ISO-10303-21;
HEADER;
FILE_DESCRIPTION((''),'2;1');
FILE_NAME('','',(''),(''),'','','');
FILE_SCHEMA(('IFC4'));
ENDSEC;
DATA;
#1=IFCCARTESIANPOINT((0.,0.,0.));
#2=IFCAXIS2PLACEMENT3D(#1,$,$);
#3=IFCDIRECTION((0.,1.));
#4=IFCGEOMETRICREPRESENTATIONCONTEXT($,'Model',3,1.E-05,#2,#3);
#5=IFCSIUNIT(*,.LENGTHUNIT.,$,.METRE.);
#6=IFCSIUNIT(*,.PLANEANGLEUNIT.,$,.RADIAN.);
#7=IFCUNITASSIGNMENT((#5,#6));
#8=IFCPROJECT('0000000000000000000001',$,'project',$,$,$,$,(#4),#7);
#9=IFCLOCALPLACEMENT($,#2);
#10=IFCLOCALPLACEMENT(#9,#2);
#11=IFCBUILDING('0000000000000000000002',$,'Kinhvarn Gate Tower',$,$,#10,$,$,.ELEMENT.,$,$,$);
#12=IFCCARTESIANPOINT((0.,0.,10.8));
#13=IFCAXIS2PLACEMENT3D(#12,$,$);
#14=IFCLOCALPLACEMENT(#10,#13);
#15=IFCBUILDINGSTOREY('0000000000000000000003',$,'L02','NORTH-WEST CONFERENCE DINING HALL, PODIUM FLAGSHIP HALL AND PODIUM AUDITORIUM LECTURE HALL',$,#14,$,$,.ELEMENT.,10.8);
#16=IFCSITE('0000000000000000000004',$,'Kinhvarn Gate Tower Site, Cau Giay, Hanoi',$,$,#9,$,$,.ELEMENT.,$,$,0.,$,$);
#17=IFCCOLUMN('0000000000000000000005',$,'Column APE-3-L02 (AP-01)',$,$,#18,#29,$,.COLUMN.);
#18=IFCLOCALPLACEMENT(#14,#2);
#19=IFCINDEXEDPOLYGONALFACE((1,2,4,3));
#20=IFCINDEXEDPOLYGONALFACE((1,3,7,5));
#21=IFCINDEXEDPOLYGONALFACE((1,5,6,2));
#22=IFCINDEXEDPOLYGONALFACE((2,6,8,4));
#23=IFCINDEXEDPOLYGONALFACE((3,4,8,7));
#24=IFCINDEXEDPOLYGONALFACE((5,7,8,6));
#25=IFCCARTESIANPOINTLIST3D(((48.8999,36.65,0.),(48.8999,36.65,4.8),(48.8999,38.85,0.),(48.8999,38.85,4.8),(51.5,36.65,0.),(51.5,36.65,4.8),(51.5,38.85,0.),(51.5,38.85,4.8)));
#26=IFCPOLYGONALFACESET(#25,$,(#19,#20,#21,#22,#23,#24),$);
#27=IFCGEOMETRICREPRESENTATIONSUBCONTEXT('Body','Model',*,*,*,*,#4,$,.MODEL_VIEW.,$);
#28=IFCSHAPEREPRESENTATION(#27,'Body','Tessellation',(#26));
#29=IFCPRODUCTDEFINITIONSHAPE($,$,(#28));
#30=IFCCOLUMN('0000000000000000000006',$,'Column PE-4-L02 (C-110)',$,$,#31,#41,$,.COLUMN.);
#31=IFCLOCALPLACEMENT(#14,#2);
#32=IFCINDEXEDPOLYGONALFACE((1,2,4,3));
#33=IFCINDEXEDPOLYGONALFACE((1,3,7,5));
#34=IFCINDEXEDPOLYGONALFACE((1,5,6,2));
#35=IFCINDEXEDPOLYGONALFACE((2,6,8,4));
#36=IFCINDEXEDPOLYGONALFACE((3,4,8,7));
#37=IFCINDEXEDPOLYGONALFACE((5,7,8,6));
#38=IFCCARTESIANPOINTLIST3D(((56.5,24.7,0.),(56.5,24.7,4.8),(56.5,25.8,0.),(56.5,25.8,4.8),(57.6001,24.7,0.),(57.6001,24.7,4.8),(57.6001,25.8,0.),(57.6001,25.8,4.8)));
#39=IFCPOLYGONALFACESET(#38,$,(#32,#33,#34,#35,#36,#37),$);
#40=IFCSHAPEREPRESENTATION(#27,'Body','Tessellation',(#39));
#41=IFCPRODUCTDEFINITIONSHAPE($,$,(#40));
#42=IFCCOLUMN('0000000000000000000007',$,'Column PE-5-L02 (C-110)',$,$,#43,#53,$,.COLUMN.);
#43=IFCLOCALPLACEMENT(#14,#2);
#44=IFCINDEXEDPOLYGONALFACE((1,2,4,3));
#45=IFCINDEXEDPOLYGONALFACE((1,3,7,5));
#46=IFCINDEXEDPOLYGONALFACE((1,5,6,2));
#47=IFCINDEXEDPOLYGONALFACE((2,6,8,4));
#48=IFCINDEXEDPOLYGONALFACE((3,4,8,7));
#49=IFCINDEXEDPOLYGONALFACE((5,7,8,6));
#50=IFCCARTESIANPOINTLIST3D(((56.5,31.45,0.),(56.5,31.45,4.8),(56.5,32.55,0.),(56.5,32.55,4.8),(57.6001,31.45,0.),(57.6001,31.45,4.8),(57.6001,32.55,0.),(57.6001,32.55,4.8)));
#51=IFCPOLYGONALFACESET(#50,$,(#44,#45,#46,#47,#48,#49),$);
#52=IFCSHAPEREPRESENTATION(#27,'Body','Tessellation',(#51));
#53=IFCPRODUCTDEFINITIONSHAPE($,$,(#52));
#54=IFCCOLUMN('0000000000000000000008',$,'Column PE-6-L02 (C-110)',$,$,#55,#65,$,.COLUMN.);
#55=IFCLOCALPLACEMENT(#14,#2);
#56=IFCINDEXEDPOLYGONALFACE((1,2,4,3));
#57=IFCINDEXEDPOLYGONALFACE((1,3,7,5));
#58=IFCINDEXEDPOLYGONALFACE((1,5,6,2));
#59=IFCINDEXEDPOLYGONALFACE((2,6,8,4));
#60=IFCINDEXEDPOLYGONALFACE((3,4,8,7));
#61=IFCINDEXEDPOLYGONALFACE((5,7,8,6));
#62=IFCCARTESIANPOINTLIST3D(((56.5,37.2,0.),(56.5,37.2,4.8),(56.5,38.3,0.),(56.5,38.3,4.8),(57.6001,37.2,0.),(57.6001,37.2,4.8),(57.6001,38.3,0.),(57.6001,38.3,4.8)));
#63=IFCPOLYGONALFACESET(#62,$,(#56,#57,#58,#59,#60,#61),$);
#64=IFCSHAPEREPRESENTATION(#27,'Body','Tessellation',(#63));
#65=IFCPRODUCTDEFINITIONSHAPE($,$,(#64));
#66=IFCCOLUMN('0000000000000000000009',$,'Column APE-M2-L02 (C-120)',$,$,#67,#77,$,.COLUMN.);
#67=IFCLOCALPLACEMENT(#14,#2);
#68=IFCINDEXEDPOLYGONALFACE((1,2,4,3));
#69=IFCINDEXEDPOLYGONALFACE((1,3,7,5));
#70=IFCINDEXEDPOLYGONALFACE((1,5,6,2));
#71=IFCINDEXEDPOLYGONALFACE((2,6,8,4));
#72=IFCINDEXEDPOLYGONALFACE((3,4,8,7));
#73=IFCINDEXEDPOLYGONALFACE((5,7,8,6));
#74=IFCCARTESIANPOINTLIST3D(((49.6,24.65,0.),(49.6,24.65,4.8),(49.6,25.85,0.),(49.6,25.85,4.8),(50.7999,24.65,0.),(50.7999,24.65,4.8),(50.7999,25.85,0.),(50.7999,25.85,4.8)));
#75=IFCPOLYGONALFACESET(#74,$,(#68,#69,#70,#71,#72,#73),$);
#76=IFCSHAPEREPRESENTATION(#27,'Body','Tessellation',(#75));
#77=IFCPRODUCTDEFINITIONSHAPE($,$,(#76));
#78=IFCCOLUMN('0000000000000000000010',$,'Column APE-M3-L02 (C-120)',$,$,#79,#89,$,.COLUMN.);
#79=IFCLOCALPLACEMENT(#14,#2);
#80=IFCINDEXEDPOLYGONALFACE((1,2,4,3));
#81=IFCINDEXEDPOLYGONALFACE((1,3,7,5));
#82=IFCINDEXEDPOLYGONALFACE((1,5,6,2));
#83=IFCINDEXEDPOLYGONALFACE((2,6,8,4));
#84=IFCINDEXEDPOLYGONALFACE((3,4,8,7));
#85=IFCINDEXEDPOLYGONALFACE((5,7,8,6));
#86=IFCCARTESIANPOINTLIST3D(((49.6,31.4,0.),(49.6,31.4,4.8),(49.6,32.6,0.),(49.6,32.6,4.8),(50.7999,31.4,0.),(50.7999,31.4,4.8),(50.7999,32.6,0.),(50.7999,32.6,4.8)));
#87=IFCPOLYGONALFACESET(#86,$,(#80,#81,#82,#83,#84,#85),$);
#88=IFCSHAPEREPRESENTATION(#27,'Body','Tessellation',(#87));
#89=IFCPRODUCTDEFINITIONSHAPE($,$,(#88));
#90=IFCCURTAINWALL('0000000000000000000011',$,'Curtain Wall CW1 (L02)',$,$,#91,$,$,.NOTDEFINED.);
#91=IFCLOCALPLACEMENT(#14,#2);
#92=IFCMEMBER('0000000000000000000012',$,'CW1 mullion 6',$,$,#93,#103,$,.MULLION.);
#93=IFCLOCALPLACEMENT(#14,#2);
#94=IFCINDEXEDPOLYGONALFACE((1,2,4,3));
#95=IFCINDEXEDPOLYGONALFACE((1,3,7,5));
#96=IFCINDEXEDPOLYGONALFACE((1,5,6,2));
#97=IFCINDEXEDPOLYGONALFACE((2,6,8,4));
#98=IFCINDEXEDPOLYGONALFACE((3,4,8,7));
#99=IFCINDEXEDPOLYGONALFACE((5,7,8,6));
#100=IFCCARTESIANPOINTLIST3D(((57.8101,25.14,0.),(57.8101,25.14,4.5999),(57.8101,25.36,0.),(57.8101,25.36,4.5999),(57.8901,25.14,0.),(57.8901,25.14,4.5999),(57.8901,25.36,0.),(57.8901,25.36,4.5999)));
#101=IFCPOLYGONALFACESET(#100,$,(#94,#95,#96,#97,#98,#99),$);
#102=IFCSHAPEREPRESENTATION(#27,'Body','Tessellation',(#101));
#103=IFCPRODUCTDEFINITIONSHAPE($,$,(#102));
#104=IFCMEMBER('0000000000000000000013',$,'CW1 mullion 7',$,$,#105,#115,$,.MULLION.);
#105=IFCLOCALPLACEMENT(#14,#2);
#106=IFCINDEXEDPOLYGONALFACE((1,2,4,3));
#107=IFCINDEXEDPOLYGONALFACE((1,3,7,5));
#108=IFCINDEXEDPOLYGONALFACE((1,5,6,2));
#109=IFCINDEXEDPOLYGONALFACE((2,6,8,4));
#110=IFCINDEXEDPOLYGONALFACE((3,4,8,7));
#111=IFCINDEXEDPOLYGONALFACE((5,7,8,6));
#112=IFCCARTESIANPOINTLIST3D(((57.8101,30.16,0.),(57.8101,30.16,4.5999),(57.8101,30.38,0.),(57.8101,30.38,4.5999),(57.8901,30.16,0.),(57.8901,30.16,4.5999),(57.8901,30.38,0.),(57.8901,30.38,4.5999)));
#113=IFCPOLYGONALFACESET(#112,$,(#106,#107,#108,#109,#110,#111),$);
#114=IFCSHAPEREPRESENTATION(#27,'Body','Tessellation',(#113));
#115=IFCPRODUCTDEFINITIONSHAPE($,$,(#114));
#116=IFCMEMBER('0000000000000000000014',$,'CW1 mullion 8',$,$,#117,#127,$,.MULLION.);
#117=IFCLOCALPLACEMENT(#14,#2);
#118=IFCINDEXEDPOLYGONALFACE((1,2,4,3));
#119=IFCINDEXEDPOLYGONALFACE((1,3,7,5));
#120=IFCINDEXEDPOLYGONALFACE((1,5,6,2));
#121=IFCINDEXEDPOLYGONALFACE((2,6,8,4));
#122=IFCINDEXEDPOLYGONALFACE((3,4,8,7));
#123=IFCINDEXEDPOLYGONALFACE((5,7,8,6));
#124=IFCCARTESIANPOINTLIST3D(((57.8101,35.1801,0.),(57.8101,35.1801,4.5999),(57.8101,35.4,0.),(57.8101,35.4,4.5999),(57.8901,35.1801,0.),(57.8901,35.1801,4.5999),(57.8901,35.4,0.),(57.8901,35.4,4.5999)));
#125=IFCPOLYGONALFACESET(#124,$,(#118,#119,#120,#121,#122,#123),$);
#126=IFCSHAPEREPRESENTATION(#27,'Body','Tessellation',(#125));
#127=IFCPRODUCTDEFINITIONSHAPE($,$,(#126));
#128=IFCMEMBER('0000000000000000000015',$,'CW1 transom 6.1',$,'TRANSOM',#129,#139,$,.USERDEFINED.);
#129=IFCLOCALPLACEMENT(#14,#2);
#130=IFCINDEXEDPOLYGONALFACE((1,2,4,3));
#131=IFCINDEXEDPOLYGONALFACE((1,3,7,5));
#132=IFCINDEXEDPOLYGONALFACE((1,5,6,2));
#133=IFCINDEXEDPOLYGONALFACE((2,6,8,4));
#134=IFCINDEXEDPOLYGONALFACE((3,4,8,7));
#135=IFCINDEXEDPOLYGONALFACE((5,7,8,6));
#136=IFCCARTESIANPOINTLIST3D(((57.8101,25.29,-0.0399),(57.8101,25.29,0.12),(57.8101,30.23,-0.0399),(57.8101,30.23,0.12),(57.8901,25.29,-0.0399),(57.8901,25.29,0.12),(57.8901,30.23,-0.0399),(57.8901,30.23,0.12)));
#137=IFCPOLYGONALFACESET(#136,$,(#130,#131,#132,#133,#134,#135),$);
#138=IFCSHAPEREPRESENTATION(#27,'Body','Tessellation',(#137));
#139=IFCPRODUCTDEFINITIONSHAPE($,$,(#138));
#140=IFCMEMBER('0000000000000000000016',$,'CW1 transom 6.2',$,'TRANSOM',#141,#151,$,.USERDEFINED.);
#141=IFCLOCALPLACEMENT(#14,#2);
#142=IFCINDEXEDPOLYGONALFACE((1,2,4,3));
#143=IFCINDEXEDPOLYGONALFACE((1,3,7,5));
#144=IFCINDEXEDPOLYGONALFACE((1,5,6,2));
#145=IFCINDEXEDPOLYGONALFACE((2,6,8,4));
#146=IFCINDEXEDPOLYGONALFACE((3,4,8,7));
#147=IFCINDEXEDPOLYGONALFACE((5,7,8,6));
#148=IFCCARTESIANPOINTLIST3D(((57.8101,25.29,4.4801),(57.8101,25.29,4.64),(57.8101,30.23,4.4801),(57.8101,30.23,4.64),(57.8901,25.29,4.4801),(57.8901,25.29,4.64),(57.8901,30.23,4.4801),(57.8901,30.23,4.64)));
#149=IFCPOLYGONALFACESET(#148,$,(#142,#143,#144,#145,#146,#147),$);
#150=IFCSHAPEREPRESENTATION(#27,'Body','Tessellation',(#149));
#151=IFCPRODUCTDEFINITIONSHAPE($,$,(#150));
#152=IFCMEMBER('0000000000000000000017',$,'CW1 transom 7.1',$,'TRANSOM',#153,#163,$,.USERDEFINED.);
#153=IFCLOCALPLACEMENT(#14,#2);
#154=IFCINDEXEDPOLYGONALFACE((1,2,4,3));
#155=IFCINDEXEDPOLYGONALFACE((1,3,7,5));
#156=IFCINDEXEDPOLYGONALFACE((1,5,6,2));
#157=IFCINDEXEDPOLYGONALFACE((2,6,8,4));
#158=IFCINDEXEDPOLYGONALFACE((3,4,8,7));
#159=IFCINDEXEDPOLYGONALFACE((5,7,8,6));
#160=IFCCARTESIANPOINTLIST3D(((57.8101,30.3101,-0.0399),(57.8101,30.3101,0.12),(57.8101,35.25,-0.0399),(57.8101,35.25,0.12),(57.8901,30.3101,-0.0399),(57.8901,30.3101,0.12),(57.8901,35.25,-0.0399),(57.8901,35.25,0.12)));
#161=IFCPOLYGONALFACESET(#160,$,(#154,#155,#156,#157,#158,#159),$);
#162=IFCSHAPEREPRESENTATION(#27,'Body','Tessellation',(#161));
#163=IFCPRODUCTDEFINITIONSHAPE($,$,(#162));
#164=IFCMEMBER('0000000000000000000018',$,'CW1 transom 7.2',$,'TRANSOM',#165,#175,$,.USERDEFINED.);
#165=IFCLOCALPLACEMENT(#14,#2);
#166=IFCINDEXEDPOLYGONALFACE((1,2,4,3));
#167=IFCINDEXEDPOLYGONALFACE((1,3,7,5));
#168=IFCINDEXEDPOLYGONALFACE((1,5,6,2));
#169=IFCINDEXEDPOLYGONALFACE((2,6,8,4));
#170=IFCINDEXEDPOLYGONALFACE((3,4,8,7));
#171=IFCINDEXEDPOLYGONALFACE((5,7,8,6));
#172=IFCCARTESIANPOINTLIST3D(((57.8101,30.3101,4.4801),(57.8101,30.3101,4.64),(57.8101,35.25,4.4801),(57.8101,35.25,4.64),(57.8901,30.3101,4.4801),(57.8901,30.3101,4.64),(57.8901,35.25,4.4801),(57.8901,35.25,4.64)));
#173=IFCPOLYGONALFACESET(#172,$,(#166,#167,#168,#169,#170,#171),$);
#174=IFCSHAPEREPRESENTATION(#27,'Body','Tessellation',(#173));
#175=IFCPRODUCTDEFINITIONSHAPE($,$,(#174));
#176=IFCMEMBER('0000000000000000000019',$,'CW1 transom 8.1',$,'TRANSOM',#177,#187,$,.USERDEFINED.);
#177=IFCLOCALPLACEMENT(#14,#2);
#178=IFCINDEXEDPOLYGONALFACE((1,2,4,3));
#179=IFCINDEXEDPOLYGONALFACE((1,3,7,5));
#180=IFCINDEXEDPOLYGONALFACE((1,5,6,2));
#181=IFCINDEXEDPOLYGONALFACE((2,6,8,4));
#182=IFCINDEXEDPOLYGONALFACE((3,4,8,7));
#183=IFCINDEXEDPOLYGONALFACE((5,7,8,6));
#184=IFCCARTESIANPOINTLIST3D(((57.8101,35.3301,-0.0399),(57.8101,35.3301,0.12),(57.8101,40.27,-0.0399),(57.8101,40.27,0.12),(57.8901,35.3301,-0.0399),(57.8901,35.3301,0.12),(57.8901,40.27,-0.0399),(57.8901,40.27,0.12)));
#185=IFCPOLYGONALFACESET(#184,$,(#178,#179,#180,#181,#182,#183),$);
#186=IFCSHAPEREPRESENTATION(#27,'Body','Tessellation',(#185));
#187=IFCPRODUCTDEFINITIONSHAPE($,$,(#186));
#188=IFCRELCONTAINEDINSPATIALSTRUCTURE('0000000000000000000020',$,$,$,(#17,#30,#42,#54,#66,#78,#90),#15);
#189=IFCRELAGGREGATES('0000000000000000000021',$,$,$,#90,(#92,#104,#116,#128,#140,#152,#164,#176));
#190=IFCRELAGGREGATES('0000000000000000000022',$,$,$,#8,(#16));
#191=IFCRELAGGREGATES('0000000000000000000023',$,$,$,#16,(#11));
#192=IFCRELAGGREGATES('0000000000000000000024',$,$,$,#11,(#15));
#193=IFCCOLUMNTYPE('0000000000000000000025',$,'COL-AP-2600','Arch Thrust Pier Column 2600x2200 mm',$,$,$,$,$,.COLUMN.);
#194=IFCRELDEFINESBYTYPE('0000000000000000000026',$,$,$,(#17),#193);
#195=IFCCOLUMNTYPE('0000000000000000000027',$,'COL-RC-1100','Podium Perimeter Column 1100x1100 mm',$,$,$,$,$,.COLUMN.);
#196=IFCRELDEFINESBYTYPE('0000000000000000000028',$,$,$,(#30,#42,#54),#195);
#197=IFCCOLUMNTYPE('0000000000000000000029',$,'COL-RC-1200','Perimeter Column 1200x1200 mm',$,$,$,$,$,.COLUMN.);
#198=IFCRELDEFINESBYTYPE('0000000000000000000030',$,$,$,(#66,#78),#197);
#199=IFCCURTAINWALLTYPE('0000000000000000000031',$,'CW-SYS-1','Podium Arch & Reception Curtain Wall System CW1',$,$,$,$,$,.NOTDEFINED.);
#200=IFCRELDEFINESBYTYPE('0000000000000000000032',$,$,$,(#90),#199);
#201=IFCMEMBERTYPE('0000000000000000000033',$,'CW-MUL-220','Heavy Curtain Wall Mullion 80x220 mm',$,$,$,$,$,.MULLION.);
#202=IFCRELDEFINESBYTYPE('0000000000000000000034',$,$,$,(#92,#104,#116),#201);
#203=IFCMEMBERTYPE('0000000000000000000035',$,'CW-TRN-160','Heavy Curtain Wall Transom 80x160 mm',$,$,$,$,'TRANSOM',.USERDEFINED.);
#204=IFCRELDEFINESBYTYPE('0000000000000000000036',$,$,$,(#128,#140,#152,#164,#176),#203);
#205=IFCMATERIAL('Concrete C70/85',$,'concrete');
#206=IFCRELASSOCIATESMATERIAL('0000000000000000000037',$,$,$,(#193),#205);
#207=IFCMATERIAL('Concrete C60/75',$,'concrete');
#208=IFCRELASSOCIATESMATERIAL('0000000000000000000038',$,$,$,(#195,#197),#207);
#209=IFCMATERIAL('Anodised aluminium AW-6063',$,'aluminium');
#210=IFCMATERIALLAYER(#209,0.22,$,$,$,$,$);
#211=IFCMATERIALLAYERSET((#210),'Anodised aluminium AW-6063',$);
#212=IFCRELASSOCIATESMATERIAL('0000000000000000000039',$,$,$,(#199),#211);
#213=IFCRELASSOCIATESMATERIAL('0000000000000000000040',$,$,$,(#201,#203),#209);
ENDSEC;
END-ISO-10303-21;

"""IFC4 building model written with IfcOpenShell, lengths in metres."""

from ifc_helpers import new_model, si_unit, direction, frame, origin, origin_2d, place, context, subcontext, project, spatial, rectangle, extrude, material, layer, layer_set, material_profile, profile_set, type_object, element, aggregate, save


model = new_model("IFC4")

# Units and contexts
model_context = context("Model", 3, precision=1e-05, world=origin(), true_north=direction((0.0, 1.0)))
body_context = subcontext(model_context, "Body", "Model", "MODEL_VIEW")
ifc_project = project(units=[si_unit("LENGTHUNIT", "METRE"), si_unit("PLANEANGLEUNIT", "RADIAN")], contexts=[model_context])

# Site, building, storey
site_placement = place(None, origin())
site = spatial("IfcSite", under=ifc_project, at=site_placement, Name="Kinhvarn Gate Tower Site, Cau Giay, Hanoi", CompositionType="ELEMENT", RefElevation=0.0)
building_placement = place(site_placement, origin())
building = spatial("IfcBuilding", under=site, at=building_placement, Name="Kinhvarn Gate Tower", CompositionType="ELEMENT")
storey_placement = place(building_placement, frame((0.0, 0.0, 10.8)))
storey = spatial("IfcBuildingStorey", under=building, at=storey_placement, Name="L02", Description="NORTH-WEST CONFERENCE DINING HALL, PODIUM FLAGSHIP HALL AND PODIUM AUDITORIUM LECTURE HALL", CompositionType="ELEMENT", Elevation=10.8)

# Columns
ifc_material_1 = material(Name="Concrete C70/85", Category="concrete")
ifc_material_profile_1 = material_profile(ifc_material_1, rectangle(XDim=2.6001, YDim=2.2, at=origin_2d()), Name="RC 2600x2200")
ifc_profile_set_1 = profile_set([ifc_material_profile_1], Name="Concrete C70/85")
column_type_1 = type_object("IfcColumnType", Name="COL-AP-2600", Description="Arch Thrust Pier Column 2600x2200 mm", PredefinedType="COLUMN", material=ifc_profile_set_1)
column_placement = place(storey_placement, frame((50.2, 37.75, 0.0), z_axis=(0.0, 0.0, 1.0), x_axis=(1.0, 0.0, 0.0)))
element("IfcColumn", 1, at=column_placement, inside=storey, type_object=column_type_1, Name="Column APE-3-L02 (AP-01)", PredefinedType="COLUMN", context=body_context, shape_type="SweptSolid", body=[
    extrude(rectangle(XDim=2.6001, YDim=2.2, at=origin_2d()), origin(), (0.0, 0.0, 1.0), 4.8),
])
ifc_material_2 = material(Name="Concrete C60/75", Category="concrete")
ifc_material_profile_2 = material_profile(ifc_material_2, rectangle(XDim=1.1001, YDim=1.1001, at=origin_2d()), Name="RC 1100x1100")
ifc_profile_set_2 = profile_set([ifc_material_profile_2], Name="Concrete C60/75")
column_type_2 = type_object("IfcColumnType", Name="COL-RC-1100", Description="Podium Perimeter Column 1100x1100 mm", PredefinedType="COLUMN", material=ifc_profile_set_2)
for number, where, z_axis, x_axis, name in (
    (2, (57.05, 25.25, 0.0), (0.0, 0.0, 1.0), (1.0, 0.0, 0.0), "Column PE-4-L02 (C-110)"),
    (3, (57.05, 32.0, 0.0), (0.0, 0.0, 1.0), (1.0, 0.0, 0.0), "Column PE-5-L02 (C-110)"),
    (4, (57.05, 37.75, 0.0), (0.0, 0.0, 1.0), (1.0, 0.0, 0.0), "Column PE-6-L02 (C-110)"),
):
    element("IfcColumn", number, at=place(storey_placement, frame(where, z_axis=z_axis, x_axis=x_axis)), inside=storey, type_object=column_type_2, Name=name, PredefinedType="COLUMN", context=body_context, shape_type="SweptSolid", body=[
        extrude(rectangle(XDim=1.1001, YDim=1.1001, at=origin_2d()), origin(), (0.0, 0.0, 1.0), 4.8),
    ])
ifc_material_profile_3 = material_profile(ifc_material_2, rectangle(XDim=1.2, YDim=1.2, at=origin_2d()), Name="RC 1200x1200")
ifc_profile_set_3 = profile_set([ifc_material_profile_3], Name="Concrete C60/75")
column_type_3 = type_object("IfcColumnType", Name="COL-RC-1200", Description="Perimeter Column 1200x1200 mm", PredefinedType="COLUMN", material=ifc_profile_set_3)
for number, where, z_axis, x_axis, name in (
    (5, (50.2, 25.25, 0.0), (0.0, 0.0, 1.0), (1.0, 0.0, 0.0), "Column APE-M2-L02 (C-120)"),
    (6, (50.2, 32.0, 0.0), (0.0, 0.0, 1.0), (1.0, 0.0, 0.0), "Column APE-M3-L02 (C-120)"),
):
    element("IfcColumn", number, at=place(storey_placement, frame(where, z_axis=z_axis, x_axis=x_axis)), inside=storey, type_object=column_type_3, Name=name, PredefinedType="COLUMN", context=body_context, shape_type="SweptSolid", body=[
        extrude(rectangle(XDim=1.2, YDim=1.2, at=origin_2d()), origin(), (0.0, 0.0, 1.0), 4.8),
    ])

# Curtain wall, members
ifc_material_3 = material(Name="Anodised aluminium AW-6063", Category="aluminium")
ifc_layer_1 = layer(ifc_material_3, 0.22)
ifc_layer_set_1 = layer_set([ifc_layer_1], Name="Anodised aluminium AW-6063")
curtain_wall_type = type_object("IfcCurtainWallType", Name="CW-SYS-1", Description="Podium Arch & Reception Curtain Wall System CW1", PredefinedType="NOTDEFINED", material=ifc_layer_set_1)
curtain_wall_placement = place(storey_placement, origin())
curtain_wall = element("IfcCurtainWall", 7, at=curtain_wall_placement, inside=storey, type_object=curtain_wall_type, Name="Curtain Wall CW1 (L02)", PredefinedType="NOTDEFINED")
ifc_material_profile_4 = material_profile(ifc_material_3, rectangle(XDim=0.0801, YDim=0.22, at=origin_2d()), Name="ALU 80x220")
ifc_profile_set_4 = profile_set([ifc_material_profile_4], Name="Anodised aluminium AW-6063")
member_type_1 = type_object("IfcMemberType", Name="CW-MUL-220", Description="Heavy Curtain Wall Mullion 80x220 mm", PredefinedType="MULLION", material=ifc_profile_set_4)
member_1_placement = place(storey_placement, frame((57.8501, 25.25, 0.0), z_axis=(0.0, 0.0, 1.0), x_axis=(-1.0, 0.0, 0.0)))
member_1 = element("IfcMember", 8, at=member_1_placement, type_object=member_type_1, Name="CW1 mullion 6", PredefinedType="MULLION", context=body_context, shape_type="SweptSolid", body=[
    extrude(rectangle(XDim=0.0801, YDim=0.22, at=origin_2d()), origin(), (0.0, 0.0, 1.0), 4.5999),
])
member_2_placement = place(storey_placement, frame((57.8501, 30.27, 0.0), z_axis=(0.0, 0.0, 1.0), x_axis=(-1.0, 0.0, 0.0)))
member_2 = element("IfcMember", 9, at=member_2_placement, type_object=member_type_1, Name="CW1 mullion 7", PredefinedType="MULLION", context=body_context, shape_type="SweptSolid", body=[
    extrude(rectangle(XDim=0.0801, YDim=0.22, at=origin_2d()), origin(), (0.0, 0.0, 1.0), 4.5999),
])
member_3_placement = place(storey_placement, frame((57.8501, 35.29, 0.0), z_axis=(0.0, 0.0, 1.0), x_axis=(-1.0, 0.0, 0.0)))
member_3 = element("IfcMember", 10, at=member_3_placement, type_object=member_type_1, Name="CW1 mullion 8", PredefinedType="MULLION", context=body_context, shape_type="SweptSolid", body=[
    extrude(rectangle(XDim=0.0801, YDim=0.22, at=origin_2d()), origin(), (0.0, 0.0, 1.0), 4.5999),
])
ifc_material_profile_5 = material_profile(ifc_material_3, rectangle(XDim=0.0801, YDim=0.1599, at=origin_2d()), Name="ALU 80x160")
ifc_profile_set_5 = profile_set([ifc_material_profile_5], Name="Anodised aluminium AW-6063")
member_type_2 = type_object("IfcMemberType", Name="CW-TRN-160", Description="Heavy Curtain Wall Transom 80x160 mm", ElementType="TRANSOM", PredefinedType="USERDEFINED", material=ifc_profile_set_5)
member_4_placement = place(storey_placement, frame((57.8501, 25.29, 0.04), z_axis=(0.0, 1.0, 0.0), x_axis=(-1.0, 0.0, 0.0)))
member_4 = element("IfcMember", 11, at=member_4_placement, type_object=member_type_2, Name="CW1 transom 6.1", ObjectType="TRANSOM", PredefinedType="USERDEFINED", context=body_context, shape_type="SweptSolid", body=[
    extrude(rectangle(XDim=0.0801, YDim=0.1599, at=origin_2d()), origin(), (0.0, 0.0, 1.0), 4.9399),
])
member_5_placement = place(storey_placement, frame((57.8501, 25.29, 4.5601), z_axis=(0.0, 1.0, 0.0), x_axis=(-1.0, 0.0, 0.0)))
member_5 = element("IfcMember", 12, at=member_5_placement, type_object=member_type_2, Name="CW1 transom 6.2", ObjectType="TRANSOM", PredefinedType="USERDEFINED", context=body_context, shape_type="SweptSolid", body=[
    extrude(rectangle(XDim=0.0801, YDim=0.1599, at=origin_2d()), origin(), (0.0, 0.0, 1.0), 4.9399),
])
member_6_placement = place(storey_placement, frame((57.8501, 30.3101, 0.04), z_axis=(0.0, 1.0, 0.0), x_axis=(-1.0, 0.0, 0.0)))
member_6 = element("IfcMember", 13, at=member_6_placement, type_object=member_type_2, Name="CW1 transom 7.1", ObjectType="TRANSOM", PredefinedType="USERDEFINED", context=body_context, shape_type="SweptSolid", body=[
    extrude(rectangle(XDim=0.0801, YDim=0.1599, at=origin_2d()), origin(), (0.0, 0.0, 1.0), 4.9399),
])
member_7_placement = place(storey_placement, frame((57.8501, 30.3101, 4.5601), z_axis=(0.0, 1.0, 0.0), x_axis=(-1.0, 0.0, 0.0)))
member_7 = element("IfcMember", 14, at=member_7_placement, type_object=member_type_2, Name="CW1 transom 7.2", ObjectType="TRANSOM", PredefinedType="USERDEFINED", context=body_context, shape_type="SweptSolid", body=[
    extrude(rectangle(XDim=0.0801, YDim=0.1599, at=origin_2d()), origin(), (0.0, 0.0, 1.0), 4.9399),
])
member_8_placement = place(storey_placement, frame((57.8501, 35.3301, 0.04), z_axis=(0.0, 1.0, 0.0), x_axis=(-1.0, 0.0, 0.0)))
member_8 = element("IfcMember", 15, at=member_8_placement, type_object=member_type_2, Name="CW1 transom 8.1", ObjectType="TRANSOM", PredefinedType="USERDEFINED", context=body_context, shape_type="SweptSolid", body=[
    extrude(rectangle(XDim=0.0801, YDim=0.1599, at=origin_2d()), origin(), (0.0, 0.0, 1.0), 4.9399),
])

aggregate(curtain_wall, [member_1, member_2, member_3, member_4, member_5, member_6, member_7, member_8])

save(model, "model.ifc")
